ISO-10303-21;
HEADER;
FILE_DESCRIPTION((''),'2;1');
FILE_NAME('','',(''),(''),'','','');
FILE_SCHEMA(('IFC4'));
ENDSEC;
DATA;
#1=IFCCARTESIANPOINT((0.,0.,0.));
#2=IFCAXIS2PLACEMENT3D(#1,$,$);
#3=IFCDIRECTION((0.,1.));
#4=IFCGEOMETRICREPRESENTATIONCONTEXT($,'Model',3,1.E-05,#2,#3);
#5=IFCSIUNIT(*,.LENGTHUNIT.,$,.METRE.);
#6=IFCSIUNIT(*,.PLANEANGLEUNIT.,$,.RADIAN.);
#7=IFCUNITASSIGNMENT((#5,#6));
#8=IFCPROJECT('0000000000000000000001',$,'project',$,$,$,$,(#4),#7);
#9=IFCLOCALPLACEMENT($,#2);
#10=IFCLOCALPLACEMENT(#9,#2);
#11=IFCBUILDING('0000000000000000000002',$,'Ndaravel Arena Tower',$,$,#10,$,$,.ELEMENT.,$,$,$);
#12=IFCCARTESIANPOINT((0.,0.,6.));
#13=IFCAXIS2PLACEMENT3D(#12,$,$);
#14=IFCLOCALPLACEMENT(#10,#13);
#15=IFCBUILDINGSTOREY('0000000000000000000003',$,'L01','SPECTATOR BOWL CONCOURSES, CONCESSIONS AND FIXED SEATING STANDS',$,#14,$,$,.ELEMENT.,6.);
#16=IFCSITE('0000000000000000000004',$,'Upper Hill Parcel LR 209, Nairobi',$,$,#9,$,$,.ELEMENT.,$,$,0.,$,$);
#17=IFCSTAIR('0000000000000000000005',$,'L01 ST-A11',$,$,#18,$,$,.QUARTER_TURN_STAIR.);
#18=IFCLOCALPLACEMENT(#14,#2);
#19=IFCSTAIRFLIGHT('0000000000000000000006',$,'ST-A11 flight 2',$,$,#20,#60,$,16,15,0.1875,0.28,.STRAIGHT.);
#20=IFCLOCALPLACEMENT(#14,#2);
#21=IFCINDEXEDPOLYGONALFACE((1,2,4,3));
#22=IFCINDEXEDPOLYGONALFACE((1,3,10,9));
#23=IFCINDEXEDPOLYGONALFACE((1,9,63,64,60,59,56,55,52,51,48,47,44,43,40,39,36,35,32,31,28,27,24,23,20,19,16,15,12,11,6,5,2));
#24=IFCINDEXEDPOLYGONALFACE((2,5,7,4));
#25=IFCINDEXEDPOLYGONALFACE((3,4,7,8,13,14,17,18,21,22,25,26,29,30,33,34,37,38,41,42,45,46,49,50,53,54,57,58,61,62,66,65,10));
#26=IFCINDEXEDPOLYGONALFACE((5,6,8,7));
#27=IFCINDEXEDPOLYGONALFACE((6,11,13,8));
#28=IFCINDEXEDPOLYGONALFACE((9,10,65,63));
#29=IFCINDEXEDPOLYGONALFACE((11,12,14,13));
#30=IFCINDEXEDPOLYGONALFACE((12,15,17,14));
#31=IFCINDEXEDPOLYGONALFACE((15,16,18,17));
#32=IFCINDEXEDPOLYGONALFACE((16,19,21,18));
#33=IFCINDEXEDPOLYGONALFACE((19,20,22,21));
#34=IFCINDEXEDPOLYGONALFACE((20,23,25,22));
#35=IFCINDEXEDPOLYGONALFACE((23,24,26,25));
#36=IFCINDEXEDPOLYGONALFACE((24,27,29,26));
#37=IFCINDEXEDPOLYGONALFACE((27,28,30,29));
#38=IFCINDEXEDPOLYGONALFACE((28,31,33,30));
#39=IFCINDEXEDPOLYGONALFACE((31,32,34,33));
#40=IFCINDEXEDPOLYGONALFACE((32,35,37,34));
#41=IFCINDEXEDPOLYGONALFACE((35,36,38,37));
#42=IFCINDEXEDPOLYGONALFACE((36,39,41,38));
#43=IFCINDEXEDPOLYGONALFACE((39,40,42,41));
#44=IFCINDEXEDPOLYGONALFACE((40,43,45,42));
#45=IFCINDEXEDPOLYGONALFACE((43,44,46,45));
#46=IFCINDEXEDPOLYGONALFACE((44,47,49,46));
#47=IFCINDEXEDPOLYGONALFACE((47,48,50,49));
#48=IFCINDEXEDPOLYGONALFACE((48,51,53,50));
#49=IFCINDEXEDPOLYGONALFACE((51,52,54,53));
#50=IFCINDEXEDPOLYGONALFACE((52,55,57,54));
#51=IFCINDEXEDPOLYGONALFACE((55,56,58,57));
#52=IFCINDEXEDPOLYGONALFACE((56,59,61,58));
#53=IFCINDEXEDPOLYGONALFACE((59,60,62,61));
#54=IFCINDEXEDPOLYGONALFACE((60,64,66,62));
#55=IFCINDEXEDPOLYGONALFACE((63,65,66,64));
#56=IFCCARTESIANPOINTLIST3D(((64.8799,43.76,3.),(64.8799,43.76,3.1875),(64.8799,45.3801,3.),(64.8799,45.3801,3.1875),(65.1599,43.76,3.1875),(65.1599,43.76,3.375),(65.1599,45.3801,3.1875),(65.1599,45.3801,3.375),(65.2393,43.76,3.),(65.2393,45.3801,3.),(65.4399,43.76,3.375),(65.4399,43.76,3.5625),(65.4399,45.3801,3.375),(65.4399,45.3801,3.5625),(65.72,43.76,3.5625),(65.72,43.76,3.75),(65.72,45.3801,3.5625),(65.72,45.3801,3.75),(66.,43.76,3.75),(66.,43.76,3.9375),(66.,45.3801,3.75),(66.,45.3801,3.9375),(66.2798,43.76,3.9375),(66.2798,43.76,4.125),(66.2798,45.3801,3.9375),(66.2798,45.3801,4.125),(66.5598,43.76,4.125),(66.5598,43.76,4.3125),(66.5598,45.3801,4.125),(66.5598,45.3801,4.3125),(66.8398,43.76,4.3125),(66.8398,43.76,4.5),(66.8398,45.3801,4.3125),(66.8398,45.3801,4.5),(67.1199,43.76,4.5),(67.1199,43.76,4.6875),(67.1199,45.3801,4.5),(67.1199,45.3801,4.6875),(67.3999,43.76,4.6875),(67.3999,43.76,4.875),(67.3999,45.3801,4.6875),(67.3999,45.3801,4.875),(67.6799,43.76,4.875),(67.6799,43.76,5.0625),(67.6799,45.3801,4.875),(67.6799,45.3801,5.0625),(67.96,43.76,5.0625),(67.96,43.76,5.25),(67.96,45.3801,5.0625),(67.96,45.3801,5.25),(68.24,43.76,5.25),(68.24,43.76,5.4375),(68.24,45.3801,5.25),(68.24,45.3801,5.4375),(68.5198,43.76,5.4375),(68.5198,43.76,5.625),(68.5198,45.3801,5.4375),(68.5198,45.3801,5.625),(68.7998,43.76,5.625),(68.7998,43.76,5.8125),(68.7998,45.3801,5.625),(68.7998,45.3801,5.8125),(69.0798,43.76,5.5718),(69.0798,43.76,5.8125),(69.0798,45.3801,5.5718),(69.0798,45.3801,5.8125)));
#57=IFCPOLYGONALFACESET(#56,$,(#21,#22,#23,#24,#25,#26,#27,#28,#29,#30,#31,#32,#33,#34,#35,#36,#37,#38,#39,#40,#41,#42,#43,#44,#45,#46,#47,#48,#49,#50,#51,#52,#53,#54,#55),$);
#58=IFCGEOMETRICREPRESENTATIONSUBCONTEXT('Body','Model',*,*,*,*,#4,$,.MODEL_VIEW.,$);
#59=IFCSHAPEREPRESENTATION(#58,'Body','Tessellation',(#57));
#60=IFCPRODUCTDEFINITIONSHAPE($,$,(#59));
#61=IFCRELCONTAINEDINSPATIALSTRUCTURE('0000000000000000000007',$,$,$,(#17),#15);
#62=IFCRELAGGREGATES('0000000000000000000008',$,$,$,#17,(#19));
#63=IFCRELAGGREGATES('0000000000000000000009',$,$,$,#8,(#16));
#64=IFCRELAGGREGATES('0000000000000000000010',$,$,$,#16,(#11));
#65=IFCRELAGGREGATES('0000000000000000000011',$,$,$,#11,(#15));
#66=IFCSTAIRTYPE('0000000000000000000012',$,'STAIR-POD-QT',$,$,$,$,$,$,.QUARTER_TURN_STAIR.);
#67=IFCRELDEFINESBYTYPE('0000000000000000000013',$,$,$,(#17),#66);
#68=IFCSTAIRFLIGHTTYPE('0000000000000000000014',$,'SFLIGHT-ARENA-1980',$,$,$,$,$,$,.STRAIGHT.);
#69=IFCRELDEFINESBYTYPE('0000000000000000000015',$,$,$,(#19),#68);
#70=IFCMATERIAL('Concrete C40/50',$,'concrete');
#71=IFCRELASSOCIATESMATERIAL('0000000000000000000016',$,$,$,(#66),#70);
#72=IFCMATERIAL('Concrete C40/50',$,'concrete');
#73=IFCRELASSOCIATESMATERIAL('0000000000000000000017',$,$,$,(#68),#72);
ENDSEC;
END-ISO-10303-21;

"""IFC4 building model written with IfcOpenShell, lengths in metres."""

from ifc_helpers import new_model, si_unit, direction, frame, origin, place, context, subcontext, project, spatial, polyline, outline, extrude, material, type_object, element, aggregate, save


model = new_model("IFC4")

# Units and contexts
model_context = context("Model", 3, precision=1e-05, world=origin(), true_north=direction((0.0, 1.0)))
body_context = subcontext(model_context, "Body", "Model", "MODEL_VIEW")
ifc_project = project(units=[si_unit("LENGTHUNIT", "METRE"), si_unit("PLANEANGLEUNIT", "RADIAN")], contexts=[model_context])

# Site, building, storey
site_placement = place(None, origin())
site = spatial("IfcSite", under=ifc_project, at=site_placement, Name="Upper Hill Parcel LR 209, Nairobi", CompositionType="ELEMENT", RefElevation=0.0)
building_placement = place(site_placement, origin())
building = spatial("IfcBuilding", under=site, at=building_placement, Name="Ndaravel Arena Tower", CompositionType="ELEMENT")
storey_placement = place(building_placement, frame((0.0, 0.0, 6.0)))
storey = spatial("IfcBuildingStorey", under=building, at=storey_placement, Name="L01", Description="SPECTATOR BOWL CONCOURSES, CONCESSIONS AND FIXED SEATING STANDS", CompositionType="ELEMENT", Elevation=6.0)

# Shared definitions
ifc_material_1 = material(Name="Concrete C40/50", Category="concrete")
stair_type = type_object("IfcStairType", Name="STAIR-POD-QT", PredefinedType="QUARTER_TURN_STAIR", material=ifc_material_1)
ifc_material_2 = material(Name="Concrete C40/50", Category="concrete")
stair_flight_type = type_object("IfcStairFlightType", Name="SFLIGHT-ARENA-1980", PredefinedType="STRAIGHT", material=ifc_material_2)

# Stair, stair flight
stair_1_placement = place(storey_placement, origin())
stair_1 = element("IfcStair", 1, at=stair_1_placement, inside=storey, type_object=stair_type, Name="L01 ST-A11", PredefinedType="QUARTER_TURN_STAIR")
stair_flight_1_placement = place(storey_placement, frame((64.8799, 44.5701, 3.0), z_axis=(0.0, 0.0, 1.0), x_axis=(1.0, 0.0, 0.0)))
stair_flight_1 = element("IfcStairFlight", 2, at=stair_flight_1_placement, type_object=stair_flight_type, Name="ST-A11 flight 2", NumberOfRisers=16, NumberOfTreads=15, PredefinedType="STRAIGHT", RiserHeight=0.1875, TreadLength=0.28, context=body_context, shape_type="SweptSolid", body=[
    extrude(outline(polyline([(0.0, 0.0), (0.0, 0.1875), (0.28, 0.1875), (0.28, 0.375), (0.5601, 0.375), (0.5601, 0.5625), (0.8401, 0.5625), (0.8401, 0.75), (1.1201, 0.75), (1.1201, 0.9375), (1.3999, 0.9375), (1.3999, 1.125), (1.6799, 1.125), (1.6799, 1.3125), (1.96, 1.3125), (1.96, 1.5), (2.24, 1.5), (2.24, 1.6875), (2.52, 1.6875), (2.52, 1.875), (2.8, 1.875), (2.8, 2.0625), (3.0801, 2.0625), (3.0801, 2.25), (3.3601, 2.25), (3.3601, 2.4375), (3.6399, 2.4375), (3.6399, 2.625), (3.9199, 2.625), (3.9199, 2.8125), (4.2, 2.8125), (4.2, 3.0), (4.2, 2.5718), (0.3594, 0.0), (0.0, 0.0)])), frame((0.0, 0.8101, 0.0), z_axis=(0.0, -1.0, 0.0), x_axis=(1.0, 0.0, 0.0)), (0.0, 0.0, 1.0), 1.6201),
])
aggregate(stair_1, [stair_flight_1])

save(model, "model.ifc")
